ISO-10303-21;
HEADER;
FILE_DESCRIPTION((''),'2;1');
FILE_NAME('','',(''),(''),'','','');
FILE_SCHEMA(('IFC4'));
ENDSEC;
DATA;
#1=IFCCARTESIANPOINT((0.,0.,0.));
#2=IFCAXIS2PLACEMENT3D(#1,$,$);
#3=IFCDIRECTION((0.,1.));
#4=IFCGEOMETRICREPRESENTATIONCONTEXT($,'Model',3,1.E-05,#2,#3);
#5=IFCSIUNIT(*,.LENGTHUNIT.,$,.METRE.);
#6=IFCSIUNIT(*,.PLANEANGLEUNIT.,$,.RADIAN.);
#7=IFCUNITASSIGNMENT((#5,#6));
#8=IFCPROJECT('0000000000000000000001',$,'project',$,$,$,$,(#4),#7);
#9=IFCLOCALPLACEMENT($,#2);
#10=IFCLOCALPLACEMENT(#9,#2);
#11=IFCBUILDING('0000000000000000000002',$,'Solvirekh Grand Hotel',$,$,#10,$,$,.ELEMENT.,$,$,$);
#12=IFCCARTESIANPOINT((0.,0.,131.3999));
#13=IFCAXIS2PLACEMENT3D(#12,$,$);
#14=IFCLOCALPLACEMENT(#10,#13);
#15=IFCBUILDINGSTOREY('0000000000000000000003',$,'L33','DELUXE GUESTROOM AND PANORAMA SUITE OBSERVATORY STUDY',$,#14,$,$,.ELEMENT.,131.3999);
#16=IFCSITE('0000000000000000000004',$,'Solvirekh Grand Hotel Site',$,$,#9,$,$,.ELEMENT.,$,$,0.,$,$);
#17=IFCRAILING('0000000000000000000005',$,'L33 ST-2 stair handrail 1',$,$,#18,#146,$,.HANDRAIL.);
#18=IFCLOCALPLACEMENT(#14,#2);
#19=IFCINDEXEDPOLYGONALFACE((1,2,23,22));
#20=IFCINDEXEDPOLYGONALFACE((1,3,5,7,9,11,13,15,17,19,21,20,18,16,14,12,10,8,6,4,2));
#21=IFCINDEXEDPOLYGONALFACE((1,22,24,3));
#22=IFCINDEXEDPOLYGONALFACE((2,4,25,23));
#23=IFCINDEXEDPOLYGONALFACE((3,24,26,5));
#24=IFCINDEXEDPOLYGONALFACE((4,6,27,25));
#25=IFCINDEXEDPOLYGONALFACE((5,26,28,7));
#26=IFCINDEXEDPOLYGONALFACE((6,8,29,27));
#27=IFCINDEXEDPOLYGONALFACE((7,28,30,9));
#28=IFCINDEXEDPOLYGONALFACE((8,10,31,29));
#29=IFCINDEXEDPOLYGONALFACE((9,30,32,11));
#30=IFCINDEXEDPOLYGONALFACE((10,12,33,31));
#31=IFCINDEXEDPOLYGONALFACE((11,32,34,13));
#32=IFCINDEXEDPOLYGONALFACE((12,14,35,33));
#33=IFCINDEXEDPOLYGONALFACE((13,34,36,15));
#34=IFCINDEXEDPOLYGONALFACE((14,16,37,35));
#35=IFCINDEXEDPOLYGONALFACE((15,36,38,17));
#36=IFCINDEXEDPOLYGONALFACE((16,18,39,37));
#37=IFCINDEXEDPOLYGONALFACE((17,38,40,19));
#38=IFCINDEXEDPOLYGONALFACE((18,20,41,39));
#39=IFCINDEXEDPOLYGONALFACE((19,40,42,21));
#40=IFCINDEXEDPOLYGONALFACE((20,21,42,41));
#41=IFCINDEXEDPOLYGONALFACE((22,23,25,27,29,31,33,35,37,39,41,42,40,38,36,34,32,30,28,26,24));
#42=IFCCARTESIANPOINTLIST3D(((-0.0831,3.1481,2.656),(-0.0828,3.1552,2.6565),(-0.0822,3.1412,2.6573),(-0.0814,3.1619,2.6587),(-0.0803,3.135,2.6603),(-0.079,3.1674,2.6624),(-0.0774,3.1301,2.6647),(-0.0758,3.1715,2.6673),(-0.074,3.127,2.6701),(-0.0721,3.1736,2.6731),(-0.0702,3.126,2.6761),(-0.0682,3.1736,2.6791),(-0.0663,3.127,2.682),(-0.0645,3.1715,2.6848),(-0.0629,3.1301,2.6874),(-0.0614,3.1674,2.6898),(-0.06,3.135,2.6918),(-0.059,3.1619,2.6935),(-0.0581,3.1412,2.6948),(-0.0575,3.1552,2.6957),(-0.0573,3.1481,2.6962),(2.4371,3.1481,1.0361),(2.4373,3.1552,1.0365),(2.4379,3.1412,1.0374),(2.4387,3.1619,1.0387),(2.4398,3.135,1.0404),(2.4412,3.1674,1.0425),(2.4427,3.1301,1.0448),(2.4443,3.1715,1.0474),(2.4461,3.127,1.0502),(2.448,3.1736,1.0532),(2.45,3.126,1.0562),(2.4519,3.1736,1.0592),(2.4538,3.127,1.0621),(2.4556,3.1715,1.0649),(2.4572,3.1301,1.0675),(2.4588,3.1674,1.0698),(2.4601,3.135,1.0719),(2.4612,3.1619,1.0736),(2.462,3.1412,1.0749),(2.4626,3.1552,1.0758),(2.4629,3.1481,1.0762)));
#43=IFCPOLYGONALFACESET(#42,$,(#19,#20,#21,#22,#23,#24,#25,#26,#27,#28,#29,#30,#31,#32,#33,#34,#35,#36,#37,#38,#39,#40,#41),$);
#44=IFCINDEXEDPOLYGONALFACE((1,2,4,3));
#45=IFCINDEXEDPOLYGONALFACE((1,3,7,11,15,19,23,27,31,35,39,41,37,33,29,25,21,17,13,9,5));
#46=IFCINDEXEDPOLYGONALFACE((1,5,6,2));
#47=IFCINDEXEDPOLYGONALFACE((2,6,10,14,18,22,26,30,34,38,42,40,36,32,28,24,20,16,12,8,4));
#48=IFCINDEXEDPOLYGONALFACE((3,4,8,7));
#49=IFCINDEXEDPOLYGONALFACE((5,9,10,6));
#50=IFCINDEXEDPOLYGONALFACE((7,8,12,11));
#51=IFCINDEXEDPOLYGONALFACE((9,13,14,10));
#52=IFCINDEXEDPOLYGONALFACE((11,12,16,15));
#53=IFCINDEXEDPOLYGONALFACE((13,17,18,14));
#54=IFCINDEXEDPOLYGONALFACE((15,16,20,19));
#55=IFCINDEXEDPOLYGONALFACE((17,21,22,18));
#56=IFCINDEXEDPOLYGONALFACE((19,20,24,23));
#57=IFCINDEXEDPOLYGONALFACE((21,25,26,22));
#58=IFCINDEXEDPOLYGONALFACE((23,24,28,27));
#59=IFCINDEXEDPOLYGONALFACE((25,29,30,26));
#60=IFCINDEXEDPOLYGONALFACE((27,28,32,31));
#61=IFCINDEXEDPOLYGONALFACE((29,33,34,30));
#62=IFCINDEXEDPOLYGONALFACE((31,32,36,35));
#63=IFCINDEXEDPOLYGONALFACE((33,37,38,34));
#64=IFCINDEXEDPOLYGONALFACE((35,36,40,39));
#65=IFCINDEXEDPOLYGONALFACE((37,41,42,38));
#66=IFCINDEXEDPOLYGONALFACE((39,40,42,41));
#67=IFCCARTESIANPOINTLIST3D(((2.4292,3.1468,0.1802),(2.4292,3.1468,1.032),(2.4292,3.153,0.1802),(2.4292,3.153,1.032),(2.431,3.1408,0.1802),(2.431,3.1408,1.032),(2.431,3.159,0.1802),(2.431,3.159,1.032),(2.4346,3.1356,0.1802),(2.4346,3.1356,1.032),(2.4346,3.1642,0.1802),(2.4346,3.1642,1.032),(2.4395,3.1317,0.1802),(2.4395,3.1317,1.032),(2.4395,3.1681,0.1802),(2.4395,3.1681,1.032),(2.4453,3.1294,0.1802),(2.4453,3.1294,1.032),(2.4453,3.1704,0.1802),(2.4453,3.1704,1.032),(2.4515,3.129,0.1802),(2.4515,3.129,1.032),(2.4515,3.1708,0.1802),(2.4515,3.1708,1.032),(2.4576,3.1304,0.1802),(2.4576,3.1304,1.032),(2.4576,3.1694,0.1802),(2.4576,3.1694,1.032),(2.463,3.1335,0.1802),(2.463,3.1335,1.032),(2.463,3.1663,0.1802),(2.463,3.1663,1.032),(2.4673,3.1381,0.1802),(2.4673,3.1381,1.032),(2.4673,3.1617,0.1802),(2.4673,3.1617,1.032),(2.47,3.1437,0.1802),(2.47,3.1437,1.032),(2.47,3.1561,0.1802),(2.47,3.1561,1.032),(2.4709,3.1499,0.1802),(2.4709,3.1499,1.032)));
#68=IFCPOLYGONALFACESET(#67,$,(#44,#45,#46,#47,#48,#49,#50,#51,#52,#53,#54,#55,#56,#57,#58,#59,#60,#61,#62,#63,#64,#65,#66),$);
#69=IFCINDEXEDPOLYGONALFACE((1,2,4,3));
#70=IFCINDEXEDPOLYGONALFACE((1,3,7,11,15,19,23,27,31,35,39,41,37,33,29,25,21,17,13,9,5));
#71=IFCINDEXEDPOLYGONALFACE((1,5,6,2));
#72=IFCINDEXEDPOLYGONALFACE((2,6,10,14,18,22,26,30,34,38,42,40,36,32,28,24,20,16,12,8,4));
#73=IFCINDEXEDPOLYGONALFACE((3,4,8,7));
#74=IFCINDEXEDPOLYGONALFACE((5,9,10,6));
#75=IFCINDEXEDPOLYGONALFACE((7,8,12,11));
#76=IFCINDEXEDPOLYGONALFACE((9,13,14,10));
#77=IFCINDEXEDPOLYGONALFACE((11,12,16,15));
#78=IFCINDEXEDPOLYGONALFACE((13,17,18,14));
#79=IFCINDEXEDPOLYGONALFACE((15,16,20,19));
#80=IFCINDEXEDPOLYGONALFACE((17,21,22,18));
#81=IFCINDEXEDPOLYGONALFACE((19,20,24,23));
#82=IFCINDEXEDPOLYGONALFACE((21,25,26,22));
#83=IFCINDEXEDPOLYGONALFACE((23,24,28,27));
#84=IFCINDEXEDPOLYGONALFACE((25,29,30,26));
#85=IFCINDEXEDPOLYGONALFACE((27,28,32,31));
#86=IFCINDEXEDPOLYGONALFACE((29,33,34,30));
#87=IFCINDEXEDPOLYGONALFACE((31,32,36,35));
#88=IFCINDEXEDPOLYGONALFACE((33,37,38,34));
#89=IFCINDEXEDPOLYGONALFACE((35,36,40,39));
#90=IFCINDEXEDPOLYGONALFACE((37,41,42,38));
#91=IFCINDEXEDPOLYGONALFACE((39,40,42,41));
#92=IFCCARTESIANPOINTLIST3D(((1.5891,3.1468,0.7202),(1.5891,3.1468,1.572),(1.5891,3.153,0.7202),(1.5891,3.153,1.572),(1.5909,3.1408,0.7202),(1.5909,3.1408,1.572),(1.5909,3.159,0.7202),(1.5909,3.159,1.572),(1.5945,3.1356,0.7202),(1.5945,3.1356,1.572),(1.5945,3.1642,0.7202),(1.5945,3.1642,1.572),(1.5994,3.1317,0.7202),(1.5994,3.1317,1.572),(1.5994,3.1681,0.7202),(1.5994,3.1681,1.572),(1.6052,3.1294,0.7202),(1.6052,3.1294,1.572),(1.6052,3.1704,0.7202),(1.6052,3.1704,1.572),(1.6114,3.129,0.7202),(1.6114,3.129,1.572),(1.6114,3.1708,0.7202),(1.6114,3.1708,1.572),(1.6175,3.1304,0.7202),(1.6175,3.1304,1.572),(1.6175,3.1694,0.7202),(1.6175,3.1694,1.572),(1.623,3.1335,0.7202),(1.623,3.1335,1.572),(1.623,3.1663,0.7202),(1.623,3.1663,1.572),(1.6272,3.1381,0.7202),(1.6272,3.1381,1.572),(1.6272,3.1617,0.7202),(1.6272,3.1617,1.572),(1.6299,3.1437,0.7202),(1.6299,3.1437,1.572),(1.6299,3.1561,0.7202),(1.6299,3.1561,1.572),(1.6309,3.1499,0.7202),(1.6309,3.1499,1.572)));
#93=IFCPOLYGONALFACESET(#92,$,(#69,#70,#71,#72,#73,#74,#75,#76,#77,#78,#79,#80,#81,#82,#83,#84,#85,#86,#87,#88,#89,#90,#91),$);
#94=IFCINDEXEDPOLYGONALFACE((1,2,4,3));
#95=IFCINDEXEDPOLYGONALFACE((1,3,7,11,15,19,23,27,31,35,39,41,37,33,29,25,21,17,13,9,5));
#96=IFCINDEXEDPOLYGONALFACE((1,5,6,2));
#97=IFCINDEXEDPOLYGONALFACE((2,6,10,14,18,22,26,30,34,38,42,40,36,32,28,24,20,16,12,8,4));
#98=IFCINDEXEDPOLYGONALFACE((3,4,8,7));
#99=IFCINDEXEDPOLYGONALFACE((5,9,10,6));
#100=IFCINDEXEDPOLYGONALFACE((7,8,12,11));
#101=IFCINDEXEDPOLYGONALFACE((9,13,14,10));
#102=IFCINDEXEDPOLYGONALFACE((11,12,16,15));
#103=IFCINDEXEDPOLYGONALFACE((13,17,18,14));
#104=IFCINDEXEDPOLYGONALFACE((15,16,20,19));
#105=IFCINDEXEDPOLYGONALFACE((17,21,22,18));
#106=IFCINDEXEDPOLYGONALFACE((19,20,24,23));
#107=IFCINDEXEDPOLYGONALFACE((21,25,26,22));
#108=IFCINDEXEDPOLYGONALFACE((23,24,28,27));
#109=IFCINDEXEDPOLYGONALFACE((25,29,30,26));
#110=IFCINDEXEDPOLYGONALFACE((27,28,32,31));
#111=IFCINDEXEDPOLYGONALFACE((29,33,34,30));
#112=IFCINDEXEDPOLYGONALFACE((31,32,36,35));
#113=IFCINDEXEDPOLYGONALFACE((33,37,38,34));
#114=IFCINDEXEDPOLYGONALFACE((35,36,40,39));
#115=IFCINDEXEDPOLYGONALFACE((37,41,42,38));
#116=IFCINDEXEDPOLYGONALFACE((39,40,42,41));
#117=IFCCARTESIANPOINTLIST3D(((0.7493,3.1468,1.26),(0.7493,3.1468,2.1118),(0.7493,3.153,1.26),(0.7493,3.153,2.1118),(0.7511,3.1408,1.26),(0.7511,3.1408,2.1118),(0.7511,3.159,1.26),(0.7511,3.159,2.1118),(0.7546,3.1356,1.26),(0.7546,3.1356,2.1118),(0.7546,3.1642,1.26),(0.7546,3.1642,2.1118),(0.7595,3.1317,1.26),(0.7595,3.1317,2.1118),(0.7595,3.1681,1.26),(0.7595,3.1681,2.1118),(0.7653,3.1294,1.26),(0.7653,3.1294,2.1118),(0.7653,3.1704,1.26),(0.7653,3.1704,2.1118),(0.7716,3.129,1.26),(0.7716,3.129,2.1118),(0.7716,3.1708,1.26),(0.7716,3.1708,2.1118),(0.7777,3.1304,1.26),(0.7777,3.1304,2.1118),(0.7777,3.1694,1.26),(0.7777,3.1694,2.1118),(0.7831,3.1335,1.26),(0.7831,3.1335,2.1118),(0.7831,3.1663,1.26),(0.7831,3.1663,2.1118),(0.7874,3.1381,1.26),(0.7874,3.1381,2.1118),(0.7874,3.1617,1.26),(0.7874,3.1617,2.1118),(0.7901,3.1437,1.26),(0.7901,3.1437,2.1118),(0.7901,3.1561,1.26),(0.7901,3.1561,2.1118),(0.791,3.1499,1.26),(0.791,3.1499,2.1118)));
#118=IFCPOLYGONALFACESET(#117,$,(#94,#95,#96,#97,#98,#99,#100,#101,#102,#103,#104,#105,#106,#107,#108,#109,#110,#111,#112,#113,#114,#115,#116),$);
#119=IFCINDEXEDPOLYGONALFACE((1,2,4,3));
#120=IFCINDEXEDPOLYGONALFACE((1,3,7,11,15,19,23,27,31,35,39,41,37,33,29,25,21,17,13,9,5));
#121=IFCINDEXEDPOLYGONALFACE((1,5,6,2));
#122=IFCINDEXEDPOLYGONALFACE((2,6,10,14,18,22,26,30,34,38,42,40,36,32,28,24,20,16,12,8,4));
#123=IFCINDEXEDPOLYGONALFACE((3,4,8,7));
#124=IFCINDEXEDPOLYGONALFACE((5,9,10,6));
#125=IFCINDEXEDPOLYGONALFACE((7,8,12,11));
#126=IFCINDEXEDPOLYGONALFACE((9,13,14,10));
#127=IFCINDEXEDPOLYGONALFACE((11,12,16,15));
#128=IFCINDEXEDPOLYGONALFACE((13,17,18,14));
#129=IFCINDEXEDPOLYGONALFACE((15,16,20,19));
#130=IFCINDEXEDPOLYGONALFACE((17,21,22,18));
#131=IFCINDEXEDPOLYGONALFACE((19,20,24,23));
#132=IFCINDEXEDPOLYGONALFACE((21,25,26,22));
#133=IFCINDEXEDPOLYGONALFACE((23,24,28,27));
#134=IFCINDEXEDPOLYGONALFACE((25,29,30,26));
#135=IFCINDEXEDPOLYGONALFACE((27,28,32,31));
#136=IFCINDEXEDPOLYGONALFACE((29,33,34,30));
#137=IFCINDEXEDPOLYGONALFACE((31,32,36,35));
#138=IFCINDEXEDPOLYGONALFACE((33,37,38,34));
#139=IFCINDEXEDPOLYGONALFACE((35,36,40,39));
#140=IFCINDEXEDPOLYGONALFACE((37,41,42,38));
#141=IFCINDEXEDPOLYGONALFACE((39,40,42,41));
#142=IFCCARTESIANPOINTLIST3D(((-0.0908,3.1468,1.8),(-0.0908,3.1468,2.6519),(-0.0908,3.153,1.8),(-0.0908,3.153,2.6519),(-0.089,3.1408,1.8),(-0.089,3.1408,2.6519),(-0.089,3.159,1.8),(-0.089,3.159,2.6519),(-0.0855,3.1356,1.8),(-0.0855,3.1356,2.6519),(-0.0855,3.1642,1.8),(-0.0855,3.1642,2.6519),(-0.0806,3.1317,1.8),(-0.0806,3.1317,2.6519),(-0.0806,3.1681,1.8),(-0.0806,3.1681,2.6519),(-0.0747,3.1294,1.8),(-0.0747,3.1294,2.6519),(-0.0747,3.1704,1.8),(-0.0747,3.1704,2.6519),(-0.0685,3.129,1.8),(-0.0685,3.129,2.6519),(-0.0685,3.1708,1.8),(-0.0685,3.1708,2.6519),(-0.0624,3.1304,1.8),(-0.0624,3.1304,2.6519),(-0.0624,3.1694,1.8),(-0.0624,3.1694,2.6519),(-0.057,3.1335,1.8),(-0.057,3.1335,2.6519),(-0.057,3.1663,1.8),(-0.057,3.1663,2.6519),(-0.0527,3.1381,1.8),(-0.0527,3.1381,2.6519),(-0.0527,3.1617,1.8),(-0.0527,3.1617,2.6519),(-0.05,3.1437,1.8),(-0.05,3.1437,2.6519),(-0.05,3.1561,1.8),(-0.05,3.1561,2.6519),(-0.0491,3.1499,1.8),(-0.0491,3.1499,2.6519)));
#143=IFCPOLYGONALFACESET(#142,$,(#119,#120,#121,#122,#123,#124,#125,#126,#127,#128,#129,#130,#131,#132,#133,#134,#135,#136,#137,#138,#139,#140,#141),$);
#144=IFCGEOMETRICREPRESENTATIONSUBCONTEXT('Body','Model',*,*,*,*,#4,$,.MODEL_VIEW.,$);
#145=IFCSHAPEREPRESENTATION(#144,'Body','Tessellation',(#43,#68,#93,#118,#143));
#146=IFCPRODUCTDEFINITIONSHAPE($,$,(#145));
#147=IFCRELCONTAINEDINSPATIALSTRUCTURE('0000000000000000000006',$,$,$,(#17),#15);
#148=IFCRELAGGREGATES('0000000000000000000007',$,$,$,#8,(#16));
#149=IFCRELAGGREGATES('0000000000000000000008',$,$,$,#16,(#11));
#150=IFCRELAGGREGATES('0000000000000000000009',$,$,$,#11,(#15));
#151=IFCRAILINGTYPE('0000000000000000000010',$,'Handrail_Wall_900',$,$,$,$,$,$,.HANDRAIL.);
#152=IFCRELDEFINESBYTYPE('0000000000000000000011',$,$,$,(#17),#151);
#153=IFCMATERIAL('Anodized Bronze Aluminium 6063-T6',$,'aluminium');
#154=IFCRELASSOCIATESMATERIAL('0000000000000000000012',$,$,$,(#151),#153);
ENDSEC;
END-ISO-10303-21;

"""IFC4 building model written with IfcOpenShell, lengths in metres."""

from ifc_helpers import new_model, si_unit, direction, frame, origin, origin_2d, place, context, subcontext, project, spatial, circle, extrude, material, type_object, element, save


model = new_model("IFC4")

# Units and contexts
model_context = context("Model", 3, precision=1e-05, world=origin(), true_north=direction((0.0, 1.0)))
body_context = subcontext(model_context, "Body", "Model", "MODEL_VIEW")
ifc_project = project(units=[si_unit("LENGTHUNIT", "METRE"), si_unit("PLANEANGLEUNIT", "RADIAN")], contexts=[model_context])

# Site, building, storey
site_placement = place(None, origin())
site = spatial("IfcSite", under=ifc_project, at=site_placement, Name="Solvirekh Grand Hotel Site", CompositionType="ELEMENT", RefElevation=0.0)
building_placement = place(site_placement, origin())
building = spatial("IfcBuilding", under=site, at=building_placement, Name="Solvirekh Grand Hotel", CompositionType="ELEMENT")
storey_placement = place(building_placement, frame((0.0, 0.0, 131.3999)))
storey = spatial("IfcBuildingStorey", under=building, at=storey_placement, Name="L33", Description="DELUXE GUESTROOM AND PANORAMA SUITE OBSERVATORY STUDY", CompositionType="ELEMENT", Elevation=131.3999)

# Shared definitions
ifc_material_1 = material(Name="Anodized Bronze Aluminium 6063-T6", Category="aluminium")

# Railing
railing_type_1 = type_object("IfcRailingType", Name="Handrail_Wall_900", PredefinedType="HANDRAIL", material=ifc_material_1)
railing_1_placement = place(storey_placement, frame((2.45, 3.1499, 0.1802)))
element("IfcRailing", 1, at=railing_1_placement, inside=storey, type_object=railing_type_1, Name="L33 ST-2 stair handrail 1", PredefinedType="HANDRAIL", context=body_context, shape_type="SweptSolid", body=[
    extrude(circle(Radius=0.0239, at=origin_2d()), frame((0.0, 0.0, 0.876), z_axis=(-0.8412, 0.0, 0.540725), x_axis=(0.0, -1.0, 0.0)), (0.0, 0.0, 1.0), 2.9958),
    extrude(circle(Radius=0.021, at=origin_2d()), origin(), (0.0, 0.0, 1.0), 0.8518),
    extrude(circle(Radius=0.021, at=origin_2d()), frame((-0.8401, 0.0, 0.54)), (0.0, 0.0, 1.0), 0.8518),
    extrude(circle(Radius=0.021, at=origin_2d()), frame((-1.6799, 0.0, 1.0798)), (0.0, 0.0, 1.0), 0.8518),
    extrude(circle(Radius=0.021, at=origin_2d()), frame((-2.52, 0.0, 1.6199)), (0.0, 0.0, 1.0), 0.8518),
])

save(model, "model.ifc")
